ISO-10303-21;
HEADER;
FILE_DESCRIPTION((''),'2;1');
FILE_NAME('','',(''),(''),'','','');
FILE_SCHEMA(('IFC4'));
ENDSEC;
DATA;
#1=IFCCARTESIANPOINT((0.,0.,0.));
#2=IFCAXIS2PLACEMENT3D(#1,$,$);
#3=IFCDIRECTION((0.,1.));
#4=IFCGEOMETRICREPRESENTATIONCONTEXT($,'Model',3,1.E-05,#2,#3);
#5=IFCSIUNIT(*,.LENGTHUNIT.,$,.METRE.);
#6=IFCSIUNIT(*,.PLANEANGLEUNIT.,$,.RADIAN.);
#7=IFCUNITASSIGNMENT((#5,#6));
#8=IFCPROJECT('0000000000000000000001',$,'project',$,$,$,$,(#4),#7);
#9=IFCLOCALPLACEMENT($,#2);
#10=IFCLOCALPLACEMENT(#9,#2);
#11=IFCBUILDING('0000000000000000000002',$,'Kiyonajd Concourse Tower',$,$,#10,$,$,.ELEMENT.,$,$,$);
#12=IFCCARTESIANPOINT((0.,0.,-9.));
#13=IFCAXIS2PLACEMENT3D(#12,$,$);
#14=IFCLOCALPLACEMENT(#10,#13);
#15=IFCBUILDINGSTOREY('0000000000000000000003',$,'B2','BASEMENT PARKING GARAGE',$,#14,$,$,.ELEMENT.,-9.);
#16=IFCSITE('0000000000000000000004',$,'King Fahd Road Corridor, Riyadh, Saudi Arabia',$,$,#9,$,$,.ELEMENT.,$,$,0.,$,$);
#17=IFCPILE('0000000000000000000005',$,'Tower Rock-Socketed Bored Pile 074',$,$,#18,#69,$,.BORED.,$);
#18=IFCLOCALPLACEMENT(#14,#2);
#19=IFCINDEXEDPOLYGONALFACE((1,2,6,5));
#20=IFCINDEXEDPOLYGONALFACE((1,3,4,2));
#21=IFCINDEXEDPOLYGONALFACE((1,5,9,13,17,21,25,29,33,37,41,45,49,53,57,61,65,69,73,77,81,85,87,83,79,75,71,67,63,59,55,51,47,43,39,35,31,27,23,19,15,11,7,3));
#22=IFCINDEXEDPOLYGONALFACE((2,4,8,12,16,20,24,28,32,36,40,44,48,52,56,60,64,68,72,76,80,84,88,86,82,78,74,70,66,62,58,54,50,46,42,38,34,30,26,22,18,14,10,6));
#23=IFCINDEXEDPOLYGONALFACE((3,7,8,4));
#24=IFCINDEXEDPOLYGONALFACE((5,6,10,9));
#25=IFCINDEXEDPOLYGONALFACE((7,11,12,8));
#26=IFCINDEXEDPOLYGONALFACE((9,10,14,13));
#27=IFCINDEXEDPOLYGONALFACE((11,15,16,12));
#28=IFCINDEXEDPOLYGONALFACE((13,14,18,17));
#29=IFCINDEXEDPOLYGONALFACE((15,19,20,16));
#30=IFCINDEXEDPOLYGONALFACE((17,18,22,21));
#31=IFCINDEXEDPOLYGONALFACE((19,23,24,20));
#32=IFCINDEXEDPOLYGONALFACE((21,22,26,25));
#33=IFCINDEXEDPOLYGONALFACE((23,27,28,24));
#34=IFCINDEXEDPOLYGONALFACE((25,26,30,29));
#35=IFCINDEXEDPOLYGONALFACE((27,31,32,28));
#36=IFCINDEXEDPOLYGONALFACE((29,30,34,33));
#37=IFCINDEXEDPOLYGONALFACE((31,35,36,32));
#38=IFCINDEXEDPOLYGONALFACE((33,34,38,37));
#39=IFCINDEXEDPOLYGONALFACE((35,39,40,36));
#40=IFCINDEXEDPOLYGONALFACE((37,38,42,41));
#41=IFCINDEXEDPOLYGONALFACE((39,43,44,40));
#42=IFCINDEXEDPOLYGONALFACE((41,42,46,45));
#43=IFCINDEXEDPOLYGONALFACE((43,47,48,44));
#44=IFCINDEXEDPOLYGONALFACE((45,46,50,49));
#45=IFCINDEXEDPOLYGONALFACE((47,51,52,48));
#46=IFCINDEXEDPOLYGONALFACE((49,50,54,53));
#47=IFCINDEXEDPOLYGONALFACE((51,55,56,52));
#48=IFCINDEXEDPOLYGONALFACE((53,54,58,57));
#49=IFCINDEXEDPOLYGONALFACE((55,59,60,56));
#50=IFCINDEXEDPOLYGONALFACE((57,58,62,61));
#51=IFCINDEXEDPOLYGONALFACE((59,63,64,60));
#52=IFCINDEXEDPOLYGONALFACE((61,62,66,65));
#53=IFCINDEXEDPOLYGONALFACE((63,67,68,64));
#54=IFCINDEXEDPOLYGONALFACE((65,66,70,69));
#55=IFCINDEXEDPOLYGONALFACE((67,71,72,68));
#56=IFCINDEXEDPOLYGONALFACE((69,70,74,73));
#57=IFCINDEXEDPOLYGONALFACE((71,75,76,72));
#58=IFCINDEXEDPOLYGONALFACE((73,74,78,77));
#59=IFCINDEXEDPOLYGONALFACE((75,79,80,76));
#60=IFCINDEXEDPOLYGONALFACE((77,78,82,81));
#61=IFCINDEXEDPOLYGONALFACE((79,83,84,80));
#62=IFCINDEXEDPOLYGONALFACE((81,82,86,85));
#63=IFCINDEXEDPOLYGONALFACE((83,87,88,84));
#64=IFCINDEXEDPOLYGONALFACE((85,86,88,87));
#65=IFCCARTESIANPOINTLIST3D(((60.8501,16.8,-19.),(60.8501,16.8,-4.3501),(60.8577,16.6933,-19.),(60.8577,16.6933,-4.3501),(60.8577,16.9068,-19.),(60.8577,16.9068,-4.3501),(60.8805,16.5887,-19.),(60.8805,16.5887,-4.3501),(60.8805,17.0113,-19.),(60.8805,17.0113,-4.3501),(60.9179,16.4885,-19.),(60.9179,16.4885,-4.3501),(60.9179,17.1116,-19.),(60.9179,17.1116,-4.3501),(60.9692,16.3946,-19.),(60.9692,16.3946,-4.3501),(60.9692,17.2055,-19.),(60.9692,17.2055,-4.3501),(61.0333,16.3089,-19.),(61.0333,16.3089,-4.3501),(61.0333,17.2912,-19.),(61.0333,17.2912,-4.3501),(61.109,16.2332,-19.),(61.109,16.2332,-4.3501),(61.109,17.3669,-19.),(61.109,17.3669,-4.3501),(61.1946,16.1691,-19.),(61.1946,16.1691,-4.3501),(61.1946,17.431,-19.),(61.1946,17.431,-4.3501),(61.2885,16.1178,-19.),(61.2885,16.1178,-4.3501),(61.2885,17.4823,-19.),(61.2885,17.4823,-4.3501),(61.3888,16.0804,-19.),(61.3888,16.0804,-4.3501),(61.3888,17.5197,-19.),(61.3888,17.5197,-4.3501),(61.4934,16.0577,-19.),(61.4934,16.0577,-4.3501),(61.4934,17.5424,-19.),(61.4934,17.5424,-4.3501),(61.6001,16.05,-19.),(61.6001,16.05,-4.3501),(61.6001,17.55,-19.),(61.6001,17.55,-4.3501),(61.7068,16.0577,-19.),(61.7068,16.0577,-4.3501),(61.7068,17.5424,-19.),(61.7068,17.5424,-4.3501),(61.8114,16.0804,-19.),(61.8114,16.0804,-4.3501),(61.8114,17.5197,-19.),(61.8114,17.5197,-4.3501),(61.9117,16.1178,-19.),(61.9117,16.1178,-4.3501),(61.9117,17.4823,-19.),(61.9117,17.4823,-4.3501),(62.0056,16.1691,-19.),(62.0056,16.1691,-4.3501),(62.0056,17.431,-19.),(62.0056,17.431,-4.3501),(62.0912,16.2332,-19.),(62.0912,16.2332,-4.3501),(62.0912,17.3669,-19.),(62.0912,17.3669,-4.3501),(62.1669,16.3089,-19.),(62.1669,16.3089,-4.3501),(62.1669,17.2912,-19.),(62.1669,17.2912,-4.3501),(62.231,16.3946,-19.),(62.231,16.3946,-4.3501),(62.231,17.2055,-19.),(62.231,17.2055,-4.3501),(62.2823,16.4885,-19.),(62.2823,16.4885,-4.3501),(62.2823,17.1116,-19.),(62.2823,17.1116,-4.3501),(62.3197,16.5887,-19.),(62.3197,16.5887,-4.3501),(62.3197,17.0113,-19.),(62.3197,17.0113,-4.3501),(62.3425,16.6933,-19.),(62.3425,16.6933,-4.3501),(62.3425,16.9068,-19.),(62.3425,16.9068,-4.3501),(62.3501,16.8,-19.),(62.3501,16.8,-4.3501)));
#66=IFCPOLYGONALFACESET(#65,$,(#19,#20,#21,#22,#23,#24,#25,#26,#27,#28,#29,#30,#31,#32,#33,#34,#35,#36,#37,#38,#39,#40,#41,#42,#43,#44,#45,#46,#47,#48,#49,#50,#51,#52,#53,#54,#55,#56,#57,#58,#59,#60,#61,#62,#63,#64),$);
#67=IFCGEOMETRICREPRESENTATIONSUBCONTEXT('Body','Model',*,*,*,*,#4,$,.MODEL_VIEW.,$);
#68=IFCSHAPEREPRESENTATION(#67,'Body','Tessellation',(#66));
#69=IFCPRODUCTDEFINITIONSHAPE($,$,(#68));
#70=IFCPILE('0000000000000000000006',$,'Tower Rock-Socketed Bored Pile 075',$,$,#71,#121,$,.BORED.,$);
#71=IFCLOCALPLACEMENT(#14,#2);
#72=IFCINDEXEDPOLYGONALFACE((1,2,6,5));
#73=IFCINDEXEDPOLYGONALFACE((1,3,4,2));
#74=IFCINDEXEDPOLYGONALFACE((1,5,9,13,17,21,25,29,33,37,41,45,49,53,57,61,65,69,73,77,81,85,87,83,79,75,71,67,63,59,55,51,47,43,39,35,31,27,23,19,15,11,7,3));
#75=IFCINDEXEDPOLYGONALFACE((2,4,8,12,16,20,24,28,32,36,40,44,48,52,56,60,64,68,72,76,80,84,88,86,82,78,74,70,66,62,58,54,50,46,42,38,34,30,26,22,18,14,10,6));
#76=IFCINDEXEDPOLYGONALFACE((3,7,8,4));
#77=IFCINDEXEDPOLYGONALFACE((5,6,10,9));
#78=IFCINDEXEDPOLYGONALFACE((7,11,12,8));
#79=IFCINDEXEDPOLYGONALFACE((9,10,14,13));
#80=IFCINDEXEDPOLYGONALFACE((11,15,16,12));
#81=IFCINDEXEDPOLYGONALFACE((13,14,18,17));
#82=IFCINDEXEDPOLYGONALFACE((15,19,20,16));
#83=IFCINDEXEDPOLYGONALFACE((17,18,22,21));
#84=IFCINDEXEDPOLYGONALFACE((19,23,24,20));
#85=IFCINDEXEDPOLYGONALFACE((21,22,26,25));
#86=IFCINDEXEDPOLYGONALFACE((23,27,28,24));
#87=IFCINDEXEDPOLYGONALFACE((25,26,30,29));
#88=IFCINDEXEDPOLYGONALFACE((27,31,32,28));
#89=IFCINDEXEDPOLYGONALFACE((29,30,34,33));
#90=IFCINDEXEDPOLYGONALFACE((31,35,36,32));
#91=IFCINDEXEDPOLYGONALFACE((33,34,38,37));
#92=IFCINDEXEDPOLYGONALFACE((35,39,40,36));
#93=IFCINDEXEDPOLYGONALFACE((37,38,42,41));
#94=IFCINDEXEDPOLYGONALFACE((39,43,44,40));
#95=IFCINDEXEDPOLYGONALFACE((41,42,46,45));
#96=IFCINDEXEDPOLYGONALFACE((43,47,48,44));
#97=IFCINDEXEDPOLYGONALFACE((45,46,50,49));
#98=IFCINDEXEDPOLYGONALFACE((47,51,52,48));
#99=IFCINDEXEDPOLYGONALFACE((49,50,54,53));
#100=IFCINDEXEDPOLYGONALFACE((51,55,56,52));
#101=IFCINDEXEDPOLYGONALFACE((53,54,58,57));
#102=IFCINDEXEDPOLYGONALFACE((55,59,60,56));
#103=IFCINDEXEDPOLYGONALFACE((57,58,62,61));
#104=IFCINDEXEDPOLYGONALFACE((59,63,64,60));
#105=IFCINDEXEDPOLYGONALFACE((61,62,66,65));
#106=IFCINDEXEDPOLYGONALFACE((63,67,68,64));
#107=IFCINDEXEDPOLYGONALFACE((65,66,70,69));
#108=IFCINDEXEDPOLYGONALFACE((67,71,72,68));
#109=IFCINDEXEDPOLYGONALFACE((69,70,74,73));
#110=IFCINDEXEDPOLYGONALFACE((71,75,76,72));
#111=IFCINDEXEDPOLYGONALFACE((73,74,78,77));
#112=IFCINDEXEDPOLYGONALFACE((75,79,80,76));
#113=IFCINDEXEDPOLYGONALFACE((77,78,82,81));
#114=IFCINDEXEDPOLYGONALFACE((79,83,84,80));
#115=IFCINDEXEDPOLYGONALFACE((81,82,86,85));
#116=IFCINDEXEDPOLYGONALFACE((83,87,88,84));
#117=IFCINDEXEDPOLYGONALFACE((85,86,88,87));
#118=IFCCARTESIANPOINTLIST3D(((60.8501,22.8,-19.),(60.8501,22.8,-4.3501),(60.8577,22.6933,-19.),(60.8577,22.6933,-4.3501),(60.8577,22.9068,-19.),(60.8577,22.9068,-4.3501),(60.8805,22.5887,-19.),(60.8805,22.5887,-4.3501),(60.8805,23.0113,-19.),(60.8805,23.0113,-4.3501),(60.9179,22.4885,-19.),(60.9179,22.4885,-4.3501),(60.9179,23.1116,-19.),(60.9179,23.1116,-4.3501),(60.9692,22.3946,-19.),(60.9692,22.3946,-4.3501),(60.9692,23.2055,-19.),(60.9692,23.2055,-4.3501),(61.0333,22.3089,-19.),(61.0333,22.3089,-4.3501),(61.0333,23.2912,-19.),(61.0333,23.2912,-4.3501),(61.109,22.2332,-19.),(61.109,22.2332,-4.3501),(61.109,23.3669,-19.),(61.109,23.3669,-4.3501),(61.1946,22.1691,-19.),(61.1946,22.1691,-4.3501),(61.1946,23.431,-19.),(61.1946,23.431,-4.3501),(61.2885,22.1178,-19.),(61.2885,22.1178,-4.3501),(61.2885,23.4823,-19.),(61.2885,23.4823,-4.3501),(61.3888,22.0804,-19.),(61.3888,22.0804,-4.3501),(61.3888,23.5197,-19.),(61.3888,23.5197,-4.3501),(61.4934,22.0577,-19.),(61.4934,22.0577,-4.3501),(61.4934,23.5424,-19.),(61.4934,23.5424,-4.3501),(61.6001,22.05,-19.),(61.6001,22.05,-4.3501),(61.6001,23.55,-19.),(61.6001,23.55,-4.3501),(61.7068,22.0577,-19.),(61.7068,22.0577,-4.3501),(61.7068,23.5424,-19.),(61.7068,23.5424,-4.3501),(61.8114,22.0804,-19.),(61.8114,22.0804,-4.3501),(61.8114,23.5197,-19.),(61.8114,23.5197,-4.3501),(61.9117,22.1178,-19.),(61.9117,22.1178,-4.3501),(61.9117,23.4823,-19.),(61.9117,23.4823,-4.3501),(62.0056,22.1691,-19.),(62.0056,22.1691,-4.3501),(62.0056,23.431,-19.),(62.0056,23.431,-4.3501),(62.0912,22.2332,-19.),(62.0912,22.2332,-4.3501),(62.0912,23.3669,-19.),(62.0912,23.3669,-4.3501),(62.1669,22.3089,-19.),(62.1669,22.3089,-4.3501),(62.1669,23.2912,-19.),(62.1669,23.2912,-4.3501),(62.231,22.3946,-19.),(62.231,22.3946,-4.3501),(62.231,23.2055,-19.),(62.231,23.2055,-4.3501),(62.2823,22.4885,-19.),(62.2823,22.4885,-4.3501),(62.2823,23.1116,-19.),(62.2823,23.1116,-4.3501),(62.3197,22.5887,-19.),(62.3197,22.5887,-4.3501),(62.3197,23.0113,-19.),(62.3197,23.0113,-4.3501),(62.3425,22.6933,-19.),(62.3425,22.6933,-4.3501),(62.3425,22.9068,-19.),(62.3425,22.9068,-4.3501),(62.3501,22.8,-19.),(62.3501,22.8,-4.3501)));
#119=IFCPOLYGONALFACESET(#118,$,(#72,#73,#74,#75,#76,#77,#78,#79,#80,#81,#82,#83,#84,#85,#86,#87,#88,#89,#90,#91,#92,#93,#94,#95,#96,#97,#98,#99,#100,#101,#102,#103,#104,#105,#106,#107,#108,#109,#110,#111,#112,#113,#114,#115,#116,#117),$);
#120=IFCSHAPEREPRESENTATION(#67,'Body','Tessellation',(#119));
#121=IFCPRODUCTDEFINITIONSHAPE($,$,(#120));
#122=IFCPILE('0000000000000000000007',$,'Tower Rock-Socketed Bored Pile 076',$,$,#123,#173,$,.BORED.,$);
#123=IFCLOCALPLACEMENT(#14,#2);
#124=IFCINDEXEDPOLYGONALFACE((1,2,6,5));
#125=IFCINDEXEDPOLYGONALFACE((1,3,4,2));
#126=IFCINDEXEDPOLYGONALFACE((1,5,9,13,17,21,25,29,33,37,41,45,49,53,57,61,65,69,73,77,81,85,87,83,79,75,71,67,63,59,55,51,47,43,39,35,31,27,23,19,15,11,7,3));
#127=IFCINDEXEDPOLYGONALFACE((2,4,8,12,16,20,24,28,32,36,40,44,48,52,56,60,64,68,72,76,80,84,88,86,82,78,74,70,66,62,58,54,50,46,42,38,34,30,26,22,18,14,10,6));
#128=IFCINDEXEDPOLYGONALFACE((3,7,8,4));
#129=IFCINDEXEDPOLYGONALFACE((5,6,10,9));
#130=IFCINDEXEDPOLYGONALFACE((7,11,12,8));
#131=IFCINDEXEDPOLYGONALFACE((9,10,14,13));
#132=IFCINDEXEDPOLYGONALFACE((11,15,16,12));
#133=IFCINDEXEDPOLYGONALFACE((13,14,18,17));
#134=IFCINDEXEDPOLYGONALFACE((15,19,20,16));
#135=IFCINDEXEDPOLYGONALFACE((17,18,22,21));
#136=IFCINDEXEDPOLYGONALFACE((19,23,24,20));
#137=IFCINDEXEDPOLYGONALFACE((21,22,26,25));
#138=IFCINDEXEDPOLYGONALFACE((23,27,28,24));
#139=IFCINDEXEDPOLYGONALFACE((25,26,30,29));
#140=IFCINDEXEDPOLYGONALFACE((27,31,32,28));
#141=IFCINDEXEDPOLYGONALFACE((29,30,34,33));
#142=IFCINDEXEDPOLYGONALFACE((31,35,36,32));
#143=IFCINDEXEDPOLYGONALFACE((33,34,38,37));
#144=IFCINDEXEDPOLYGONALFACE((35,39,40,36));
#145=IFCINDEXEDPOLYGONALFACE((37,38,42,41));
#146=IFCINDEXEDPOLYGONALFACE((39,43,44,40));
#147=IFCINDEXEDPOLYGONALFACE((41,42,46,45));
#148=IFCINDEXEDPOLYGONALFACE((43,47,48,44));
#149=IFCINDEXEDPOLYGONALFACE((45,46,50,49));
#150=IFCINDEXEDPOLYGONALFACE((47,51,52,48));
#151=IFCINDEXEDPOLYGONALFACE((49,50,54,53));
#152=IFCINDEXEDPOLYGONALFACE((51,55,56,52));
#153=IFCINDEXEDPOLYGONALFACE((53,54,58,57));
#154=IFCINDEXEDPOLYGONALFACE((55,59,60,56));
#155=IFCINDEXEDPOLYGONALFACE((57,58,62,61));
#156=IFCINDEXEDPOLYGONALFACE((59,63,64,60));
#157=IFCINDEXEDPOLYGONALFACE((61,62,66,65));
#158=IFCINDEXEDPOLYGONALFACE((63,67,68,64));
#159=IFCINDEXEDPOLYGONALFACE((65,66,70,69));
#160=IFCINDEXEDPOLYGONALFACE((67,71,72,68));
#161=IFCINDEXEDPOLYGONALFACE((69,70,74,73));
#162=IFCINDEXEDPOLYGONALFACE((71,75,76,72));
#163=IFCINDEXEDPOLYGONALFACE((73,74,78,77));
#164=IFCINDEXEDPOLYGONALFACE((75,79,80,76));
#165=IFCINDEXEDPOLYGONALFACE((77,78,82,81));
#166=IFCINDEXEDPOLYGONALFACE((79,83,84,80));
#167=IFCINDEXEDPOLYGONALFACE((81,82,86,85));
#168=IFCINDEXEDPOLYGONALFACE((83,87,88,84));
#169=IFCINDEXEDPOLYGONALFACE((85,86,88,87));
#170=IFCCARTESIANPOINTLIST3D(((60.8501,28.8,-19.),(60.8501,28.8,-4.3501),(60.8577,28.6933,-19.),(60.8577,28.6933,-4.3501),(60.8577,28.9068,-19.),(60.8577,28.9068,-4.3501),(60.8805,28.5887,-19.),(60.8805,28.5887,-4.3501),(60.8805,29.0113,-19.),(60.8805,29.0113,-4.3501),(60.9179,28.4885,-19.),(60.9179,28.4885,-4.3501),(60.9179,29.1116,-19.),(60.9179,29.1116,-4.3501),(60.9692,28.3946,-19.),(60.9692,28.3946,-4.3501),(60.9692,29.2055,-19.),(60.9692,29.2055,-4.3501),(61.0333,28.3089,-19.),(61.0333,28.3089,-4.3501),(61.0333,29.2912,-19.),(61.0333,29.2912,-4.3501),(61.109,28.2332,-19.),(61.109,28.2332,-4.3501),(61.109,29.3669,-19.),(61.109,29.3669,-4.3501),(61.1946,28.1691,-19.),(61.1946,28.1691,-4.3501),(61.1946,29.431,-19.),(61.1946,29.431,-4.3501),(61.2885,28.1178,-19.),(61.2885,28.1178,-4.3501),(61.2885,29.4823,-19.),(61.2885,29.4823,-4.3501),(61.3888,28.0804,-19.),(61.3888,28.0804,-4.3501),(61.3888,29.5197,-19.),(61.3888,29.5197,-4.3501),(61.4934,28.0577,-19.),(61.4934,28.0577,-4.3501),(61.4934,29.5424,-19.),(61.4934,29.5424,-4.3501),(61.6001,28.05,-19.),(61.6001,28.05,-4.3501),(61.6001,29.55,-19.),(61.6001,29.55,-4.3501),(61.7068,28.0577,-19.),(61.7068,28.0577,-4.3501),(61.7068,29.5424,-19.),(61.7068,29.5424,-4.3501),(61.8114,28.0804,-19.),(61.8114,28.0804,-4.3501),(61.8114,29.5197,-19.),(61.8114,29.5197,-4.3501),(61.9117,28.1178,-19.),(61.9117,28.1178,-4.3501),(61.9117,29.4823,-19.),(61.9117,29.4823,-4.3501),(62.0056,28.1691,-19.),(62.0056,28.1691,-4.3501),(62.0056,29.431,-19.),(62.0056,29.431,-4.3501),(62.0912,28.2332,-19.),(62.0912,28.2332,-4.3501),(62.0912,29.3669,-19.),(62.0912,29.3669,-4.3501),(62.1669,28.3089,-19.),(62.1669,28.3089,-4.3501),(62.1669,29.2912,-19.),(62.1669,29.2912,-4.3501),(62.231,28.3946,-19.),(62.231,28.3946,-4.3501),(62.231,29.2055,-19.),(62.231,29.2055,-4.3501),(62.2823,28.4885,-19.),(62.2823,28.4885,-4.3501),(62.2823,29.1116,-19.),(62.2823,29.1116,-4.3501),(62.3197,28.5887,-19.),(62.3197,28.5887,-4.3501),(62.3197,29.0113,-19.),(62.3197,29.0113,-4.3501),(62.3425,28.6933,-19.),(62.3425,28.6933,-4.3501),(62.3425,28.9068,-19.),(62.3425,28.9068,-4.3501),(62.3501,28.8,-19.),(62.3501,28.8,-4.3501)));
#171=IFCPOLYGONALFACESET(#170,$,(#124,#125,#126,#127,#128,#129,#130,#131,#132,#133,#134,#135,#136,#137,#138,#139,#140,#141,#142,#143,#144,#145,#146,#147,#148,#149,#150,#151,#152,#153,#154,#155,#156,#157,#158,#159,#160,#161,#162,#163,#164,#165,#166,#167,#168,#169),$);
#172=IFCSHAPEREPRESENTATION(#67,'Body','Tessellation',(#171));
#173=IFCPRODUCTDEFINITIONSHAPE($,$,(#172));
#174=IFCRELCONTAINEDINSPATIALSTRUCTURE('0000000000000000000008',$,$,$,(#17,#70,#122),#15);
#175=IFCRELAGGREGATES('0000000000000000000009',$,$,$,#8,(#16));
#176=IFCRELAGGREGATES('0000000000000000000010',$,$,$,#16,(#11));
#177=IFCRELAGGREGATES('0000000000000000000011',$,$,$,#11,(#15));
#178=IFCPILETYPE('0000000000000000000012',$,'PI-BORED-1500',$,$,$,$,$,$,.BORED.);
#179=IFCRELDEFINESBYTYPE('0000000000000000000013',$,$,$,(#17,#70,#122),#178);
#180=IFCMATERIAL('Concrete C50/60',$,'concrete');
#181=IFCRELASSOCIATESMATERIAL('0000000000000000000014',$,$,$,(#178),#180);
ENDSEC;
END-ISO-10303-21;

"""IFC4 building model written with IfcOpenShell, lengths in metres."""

from ifc_helpers import new_model, si_unit, direction, frame, origin, origin_2d, place, context, subcontext, project, spatial, circle, extrude, material, material_profile, profile_set, type_object, element, save


model = new_model("IFC4")

# Units and contexts
model_context = context("Model", 3, precision=1e-05, world=origin(), true_north=direction((0.0, 1.0)))
body_context = subcontext(model_context, "Body", "Model", "MODEL_VIEW")
ifc_project = project(units=[si_unit("LENGTHUNIT", "METRE"), si_unit("PLANEANGLEUNIT", "RADIAN")], contexts=[model_context])

# Site, building, storey
site_placement = place(None, origin())
site = spatial("IfcSite", under=ifc_project, at=site_placement, Name="King Fahd Road Corridor, Riyadh, Saudi Arabia", CompositionType="ELEMENT", RefElevation=0.0)
building_placement = place(site_placement, origin())
building = spatial("IfcBuilding", under=site, at=building_placement, Name="Kiyonajd Concourse Tower", CompositionType="ELEMENT")
storey_placement = place(building_placement, frame((0.0, 0.0, -9.0)))
storey = spatial("IfcBuildingStorey", under=building, at=storey_placement, Name="B2", Description="BASEMENT PARKING GARAGE", CompositionType="ELEMENT", Elevation=-9.0)

# Piles
ifc_material_1 = material(Name="Concrete C50/60", Category="concrete")
ifc_material_profile_1 = material_profile(ifc_material_1, circle(Radius=0.75, at=origin_2d()), Name="PILE-D1500")
ifc_profile_set_1 = profile_set([ifc_material_profile_1], Name="Concrete C50/60")
pile_type = type_object("IfcPileType", Name="PI-BORED-1500", PredefinedType="BORED", material=ifc_profile_set_1)
for number, where, z_axis, x_axis, name in (
    (1, (61.6001, 16.8, -4.3501), (0.0, 0.0, -1.0), (1.0, 0.0, 0.0), "Tower Rock-Socketed Bored Pile 074"),
    (2, (61.6001, 22.8, -4.3501), (0.0, 0.0, -1.0), (1.0, 0.0, 0.0), "Tower Rock-Socketed Bored Pile 075"),
    (3, (61.6001, 28.8, -4.3501), (0.0, 0.0, -1.0), (1.0, 0.0, 0.0), "Tower Rock-Socketed Bored Pile 076"),
):
    element("IfcPile", number, at=place(storey_placement, frame(where, z_axis=z_axis, x_axis=x_axis)), inside=storey, type_object=pile_type, Name=name, PredefinedType="BORED", context=body_context, shape_type="SweptSolid", body=[
        extrude(circle(Radius=0.75, at=origin_2d()), origin(), (0.0, 0.0, 1.0), 14.6499),
    ])

save(model, "model.ifc")
